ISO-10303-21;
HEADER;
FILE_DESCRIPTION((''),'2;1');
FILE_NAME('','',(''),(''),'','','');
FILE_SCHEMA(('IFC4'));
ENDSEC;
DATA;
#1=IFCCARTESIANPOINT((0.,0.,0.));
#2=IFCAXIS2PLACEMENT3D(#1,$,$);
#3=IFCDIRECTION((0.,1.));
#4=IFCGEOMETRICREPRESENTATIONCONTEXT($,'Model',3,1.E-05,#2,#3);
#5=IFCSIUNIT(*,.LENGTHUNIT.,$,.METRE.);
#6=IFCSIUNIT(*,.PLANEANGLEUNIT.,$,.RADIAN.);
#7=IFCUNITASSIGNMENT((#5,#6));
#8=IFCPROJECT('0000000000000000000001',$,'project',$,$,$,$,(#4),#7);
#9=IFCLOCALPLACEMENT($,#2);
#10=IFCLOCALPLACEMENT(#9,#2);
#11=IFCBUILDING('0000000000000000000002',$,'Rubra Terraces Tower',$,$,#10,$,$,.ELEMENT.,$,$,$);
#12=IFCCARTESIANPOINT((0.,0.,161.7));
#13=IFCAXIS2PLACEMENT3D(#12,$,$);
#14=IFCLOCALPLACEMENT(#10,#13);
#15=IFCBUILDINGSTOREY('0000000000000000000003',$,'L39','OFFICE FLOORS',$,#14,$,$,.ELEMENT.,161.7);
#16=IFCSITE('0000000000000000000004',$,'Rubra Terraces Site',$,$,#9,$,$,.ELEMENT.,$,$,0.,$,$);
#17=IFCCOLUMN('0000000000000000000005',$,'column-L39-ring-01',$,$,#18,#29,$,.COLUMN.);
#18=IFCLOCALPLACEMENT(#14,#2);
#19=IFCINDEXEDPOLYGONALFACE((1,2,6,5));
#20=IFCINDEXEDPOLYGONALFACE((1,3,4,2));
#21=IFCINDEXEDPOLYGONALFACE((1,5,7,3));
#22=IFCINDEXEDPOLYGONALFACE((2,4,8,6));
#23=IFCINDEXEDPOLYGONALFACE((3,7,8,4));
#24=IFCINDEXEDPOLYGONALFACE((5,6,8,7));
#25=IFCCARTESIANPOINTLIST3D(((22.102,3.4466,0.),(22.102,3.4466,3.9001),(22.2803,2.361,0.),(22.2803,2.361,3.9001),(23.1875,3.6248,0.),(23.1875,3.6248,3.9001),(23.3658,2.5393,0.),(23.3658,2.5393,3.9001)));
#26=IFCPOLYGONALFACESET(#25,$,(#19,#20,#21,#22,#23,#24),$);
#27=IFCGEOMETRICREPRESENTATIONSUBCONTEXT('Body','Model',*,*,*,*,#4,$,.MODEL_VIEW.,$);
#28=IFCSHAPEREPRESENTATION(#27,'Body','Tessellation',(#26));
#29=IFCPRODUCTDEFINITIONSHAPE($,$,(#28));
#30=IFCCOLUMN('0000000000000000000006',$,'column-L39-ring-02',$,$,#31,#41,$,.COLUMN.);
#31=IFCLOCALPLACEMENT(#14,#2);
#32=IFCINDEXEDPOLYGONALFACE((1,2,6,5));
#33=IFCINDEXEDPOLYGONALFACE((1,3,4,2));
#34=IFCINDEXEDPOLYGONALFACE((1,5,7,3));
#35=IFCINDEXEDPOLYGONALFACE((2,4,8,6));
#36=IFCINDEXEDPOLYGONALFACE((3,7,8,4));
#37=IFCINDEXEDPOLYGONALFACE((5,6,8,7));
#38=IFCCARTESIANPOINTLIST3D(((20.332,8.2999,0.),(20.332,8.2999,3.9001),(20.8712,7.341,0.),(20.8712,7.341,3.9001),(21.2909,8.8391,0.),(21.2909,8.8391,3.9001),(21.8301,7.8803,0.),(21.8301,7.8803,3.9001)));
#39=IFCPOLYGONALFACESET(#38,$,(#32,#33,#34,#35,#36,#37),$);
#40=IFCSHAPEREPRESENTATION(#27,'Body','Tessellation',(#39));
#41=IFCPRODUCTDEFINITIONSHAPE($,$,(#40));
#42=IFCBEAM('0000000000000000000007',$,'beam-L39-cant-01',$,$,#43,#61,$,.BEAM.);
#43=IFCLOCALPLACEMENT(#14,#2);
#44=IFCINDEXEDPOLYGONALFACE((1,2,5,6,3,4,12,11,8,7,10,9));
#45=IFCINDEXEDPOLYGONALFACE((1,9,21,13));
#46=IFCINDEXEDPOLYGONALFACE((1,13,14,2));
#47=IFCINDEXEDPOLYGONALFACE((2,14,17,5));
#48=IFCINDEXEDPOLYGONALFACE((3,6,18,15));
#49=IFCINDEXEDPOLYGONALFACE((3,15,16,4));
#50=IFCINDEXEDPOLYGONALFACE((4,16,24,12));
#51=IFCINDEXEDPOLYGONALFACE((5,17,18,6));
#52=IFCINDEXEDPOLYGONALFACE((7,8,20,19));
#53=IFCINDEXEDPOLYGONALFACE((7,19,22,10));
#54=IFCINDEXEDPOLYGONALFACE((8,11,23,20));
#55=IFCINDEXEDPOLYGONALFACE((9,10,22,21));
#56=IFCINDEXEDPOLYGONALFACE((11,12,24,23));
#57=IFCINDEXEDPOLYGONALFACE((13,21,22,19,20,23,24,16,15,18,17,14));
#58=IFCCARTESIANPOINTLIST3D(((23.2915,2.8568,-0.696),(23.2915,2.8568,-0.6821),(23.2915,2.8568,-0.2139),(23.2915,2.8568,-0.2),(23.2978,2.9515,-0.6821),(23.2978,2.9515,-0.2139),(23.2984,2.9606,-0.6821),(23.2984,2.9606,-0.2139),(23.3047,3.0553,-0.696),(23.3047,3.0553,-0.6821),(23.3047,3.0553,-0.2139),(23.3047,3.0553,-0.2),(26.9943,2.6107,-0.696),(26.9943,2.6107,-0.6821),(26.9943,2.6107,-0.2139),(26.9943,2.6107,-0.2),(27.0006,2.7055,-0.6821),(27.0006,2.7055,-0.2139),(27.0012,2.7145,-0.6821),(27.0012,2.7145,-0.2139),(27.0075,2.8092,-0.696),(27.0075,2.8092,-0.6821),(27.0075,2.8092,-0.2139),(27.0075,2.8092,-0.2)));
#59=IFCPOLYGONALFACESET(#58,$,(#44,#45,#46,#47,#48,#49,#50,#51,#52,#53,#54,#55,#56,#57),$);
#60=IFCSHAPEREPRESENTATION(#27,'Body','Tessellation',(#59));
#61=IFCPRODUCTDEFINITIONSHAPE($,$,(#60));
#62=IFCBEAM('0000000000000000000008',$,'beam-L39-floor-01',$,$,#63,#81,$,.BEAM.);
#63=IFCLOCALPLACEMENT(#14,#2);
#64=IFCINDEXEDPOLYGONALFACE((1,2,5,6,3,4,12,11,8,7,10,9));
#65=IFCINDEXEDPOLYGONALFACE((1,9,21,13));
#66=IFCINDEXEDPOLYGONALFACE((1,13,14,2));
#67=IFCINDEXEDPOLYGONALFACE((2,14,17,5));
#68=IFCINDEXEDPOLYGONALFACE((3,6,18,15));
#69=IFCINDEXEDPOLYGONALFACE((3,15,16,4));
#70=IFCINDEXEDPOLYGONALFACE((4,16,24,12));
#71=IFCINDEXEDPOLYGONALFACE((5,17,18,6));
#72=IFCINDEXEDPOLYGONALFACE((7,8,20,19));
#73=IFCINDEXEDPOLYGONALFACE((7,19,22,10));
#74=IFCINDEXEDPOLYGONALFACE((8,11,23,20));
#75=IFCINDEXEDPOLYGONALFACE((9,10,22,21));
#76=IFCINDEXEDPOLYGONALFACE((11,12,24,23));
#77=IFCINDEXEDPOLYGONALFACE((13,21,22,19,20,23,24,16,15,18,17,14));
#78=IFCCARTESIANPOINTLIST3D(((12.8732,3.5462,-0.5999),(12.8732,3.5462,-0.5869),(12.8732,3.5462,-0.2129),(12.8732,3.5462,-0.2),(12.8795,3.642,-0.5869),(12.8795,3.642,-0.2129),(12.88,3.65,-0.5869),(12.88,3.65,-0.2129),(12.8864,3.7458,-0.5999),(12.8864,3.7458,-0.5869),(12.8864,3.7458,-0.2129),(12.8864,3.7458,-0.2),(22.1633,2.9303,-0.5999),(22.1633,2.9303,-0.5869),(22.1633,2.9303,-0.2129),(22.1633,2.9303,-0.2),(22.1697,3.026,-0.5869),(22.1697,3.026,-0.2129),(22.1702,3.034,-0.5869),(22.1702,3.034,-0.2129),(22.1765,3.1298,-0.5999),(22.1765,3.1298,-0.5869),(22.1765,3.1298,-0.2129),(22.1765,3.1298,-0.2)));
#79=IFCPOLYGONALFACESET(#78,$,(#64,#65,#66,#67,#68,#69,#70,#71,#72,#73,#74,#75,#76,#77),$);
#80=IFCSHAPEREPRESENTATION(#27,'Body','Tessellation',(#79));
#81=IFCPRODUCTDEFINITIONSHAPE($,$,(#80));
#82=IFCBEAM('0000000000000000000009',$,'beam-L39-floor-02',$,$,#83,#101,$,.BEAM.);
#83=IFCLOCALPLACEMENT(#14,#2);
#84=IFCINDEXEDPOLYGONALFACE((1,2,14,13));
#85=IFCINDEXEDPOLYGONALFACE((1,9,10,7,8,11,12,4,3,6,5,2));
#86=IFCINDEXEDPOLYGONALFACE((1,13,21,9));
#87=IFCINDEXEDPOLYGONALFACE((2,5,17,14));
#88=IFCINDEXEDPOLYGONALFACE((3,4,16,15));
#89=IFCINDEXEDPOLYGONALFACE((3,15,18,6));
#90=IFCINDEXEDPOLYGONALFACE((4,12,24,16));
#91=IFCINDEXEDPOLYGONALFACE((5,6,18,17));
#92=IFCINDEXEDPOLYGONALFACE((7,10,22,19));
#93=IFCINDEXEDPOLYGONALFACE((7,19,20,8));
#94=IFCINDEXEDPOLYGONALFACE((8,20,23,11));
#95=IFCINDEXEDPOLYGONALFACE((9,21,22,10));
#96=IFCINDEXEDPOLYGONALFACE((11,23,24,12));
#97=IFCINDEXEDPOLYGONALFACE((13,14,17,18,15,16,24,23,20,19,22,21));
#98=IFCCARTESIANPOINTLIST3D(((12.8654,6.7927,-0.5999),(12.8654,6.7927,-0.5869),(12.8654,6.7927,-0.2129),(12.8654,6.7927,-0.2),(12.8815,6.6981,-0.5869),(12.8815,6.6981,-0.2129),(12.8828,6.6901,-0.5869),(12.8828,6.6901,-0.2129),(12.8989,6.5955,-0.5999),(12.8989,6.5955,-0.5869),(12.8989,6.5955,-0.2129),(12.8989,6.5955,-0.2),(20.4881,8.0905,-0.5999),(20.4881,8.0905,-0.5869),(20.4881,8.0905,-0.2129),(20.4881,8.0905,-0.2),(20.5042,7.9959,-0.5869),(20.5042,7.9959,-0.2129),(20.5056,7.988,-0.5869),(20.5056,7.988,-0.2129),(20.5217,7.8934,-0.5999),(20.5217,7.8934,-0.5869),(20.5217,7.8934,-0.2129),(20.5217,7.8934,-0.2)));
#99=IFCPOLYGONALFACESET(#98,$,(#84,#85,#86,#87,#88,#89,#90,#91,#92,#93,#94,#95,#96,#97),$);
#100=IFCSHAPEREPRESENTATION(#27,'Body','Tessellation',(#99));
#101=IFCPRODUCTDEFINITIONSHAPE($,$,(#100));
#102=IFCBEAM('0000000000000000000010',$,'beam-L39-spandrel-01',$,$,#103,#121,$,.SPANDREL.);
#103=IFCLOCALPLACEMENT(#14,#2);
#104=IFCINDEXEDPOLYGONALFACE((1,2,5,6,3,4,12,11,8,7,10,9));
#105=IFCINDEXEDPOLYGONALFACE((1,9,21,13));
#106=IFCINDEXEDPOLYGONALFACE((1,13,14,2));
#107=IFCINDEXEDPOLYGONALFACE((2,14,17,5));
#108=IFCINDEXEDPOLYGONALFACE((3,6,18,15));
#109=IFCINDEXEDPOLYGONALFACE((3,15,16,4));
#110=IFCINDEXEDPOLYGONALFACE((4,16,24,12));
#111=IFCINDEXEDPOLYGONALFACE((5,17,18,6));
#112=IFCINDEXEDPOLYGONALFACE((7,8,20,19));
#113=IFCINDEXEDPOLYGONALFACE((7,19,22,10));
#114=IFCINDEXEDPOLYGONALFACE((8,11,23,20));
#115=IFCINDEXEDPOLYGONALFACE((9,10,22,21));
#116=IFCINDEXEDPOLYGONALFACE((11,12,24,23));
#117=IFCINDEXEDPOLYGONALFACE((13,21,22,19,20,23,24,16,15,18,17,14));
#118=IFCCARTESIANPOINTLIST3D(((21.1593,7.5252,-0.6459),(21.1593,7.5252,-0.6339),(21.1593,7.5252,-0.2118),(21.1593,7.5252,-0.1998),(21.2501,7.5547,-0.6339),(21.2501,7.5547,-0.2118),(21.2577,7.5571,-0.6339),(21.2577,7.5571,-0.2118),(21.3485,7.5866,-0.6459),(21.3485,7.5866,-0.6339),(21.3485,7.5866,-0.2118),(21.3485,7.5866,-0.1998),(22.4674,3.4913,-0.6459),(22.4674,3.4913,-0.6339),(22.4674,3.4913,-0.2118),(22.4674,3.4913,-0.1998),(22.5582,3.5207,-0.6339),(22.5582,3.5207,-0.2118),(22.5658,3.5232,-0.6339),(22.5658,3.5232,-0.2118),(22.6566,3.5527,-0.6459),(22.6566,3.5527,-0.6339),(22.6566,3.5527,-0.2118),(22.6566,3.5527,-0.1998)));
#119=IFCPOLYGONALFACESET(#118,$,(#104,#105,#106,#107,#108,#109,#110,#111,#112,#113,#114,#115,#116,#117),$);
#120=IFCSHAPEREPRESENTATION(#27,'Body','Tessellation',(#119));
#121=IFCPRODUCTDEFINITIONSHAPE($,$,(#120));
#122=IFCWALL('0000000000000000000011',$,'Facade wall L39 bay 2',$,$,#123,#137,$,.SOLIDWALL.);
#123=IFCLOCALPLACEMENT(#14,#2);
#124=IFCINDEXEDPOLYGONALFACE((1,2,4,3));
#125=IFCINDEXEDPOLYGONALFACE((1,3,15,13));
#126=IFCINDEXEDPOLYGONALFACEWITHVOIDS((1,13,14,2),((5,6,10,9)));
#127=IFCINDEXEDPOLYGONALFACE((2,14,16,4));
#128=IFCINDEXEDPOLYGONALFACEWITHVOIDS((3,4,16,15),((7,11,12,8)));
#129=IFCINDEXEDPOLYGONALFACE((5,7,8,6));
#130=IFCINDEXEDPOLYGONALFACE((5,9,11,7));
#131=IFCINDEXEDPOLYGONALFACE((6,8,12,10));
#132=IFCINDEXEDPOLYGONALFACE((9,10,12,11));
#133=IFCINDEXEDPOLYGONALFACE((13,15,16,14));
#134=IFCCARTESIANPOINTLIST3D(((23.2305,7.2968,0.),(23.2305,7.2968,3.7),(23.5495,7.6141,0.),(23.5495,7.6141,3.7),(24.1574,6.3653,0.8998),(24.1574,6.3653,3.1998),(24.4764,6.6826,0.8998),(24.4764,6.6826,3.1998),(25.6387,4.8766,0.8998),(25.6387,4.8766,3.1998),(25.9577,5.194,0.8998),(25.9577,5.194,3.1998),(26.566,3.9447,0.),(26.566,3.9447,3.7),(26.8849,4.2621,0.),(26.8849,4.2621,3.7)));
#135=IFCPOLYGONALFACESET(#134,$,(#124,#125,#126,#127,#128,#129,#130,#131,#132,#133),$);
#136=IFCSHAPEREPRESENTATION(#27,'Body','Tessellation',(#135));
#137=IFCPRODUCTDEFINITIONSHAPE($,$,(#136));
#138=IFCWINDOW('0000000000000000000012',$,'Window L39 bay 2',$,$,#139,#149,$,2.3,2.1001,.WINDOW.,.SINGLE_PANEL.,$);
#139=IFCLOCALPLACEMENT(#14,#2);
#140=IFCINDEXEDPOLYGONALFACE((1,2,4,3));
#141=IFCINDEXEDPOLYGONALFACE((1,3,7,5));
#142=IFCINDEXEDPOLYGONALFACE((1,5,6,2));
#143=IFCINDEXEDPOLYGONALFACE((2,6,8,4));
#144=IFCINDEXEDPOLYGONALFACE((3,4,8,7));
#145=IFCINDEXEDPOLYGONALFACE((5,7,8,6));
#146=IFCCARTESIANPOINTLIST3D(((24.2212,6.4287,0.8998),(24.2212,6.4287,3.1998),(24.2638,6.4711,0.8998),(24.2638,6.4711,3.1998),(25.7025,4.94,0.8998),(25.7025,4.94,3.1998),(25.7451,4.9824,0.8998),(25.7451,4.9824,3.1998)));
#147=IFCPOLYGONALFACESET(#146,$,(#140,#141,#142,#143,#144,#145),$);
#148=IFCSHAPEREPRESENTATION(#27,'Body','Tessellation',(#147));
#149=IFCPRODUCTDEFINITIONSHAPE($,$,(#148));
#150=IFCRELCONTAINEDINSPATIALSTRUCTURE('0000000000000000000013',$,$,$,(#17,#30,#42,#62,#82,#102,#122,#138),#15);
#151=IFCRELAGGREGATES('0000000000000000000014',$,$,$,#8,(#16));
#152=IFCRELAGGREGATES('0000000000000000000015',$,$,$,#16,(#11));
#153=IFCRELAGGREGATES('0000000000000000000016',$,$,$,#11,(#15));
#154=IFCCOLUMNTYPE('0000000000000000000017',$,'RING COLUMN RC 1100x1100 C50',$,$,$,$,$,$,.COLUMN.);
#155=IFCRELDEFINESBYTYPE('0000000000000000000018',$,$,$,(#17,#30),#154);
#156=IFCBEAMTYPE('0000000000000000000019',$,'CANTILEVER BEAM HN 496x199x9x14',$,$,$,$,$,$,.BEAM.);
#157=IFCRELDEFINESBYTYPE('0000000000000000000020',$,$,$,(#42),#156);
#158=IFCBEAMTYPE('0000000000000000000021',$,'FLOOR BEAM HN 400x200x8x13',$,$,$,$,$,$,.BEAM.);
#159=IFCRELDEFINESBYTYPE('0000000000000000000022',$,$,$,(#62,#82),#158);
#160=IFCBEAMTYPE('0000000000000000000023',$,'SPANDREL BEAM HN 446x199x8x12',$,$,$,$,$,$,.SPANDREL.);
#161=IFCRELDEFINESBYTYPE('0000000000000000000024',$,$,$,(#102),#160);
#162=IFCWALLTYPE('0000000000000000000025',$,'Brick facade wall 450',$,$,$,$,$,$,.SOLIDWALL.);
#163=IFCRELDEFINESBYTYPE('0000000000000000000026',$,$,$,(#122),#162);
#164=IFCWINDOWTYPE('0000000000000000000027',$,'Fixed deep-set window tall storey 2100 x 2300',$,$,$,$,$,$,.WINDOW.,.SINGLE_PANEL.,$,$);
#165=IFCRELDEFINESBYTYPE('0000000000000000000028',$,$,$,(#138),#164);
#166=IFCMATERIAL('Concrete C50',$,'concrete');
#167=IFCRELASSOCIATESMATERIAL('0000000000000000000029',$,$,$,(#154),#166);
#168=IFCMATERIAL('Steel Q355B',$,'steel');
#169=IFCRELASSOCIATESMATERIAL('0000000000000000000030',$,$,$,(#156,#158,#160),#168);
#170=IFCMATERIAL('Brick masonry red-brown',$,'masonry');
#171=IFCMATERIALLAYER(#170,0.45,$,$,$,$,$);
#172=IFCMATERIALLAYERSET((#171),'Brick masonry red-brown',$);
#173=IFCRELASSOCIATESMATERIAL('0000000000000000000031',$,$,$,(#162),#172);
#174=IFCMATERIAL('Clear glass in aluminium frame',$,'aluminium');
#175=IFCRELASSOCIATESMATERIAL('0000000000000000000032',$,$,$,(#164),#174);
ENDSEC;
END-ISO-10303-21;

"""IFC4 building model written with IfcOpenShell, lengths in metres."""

from ifc_helpers import new_model, si_unit, direction, frame, frame_2d, origin, origin_2d, place, context, subcontext, project, spatial, rectangle, i_section, extrude, material, layer, layer_set, material_profile, profile_set, type_object, element, fill, save


model = new_model("IFC4")

# Units and contexts
model_context = context("Model", 3, precision=1e-05, world=origin(), true_north=direction((0.0, 1.0)))
body_context = subcontext(model_context, "Body", "Model", "MODEL_VIEW")
ifc_project = project(units=[si_unit("LENGTHUNIT", "METRE"), si_unit("PLANEANGLEUNIT", "RADIAN")], contexts=[model_context])

# Site, building, storey
site_placement = place(None, origin())
site = spatial("IfcSite", under=ifc_project, at=site_placement, Name="Rubra Terraces Site", CompositionType="ELEMENT", RefElevation=0.0)
building_placement = place(site_placement, origin())
building = spatial("IfcBuilding", under=site, at=building_placement, Name="Rubra Terraces Tower", CompositionType="ELEMENT")
storey_placement = place(building_placement, frame((0.0, 0.0, 161.7)))
storey = spatial("IfcBuildingStorey", under=building, at=storey_placement, Name="L39", Description="OFFICE FLOORS", CompositionType="ELEMENT", Elevation=161.7)

# Columns
ifc_material_1 = material(Name="Concrete C50", Category="concrete")
ifc_material_profile_1 = material_profile(ifc_material_1, rectangle(XDim=1.1001, YDim=1.1001, at=origin_2d()), Name="RC 1100x1100")
ifc_profile_set_1 = profile_set([ifc_material_profile_1], Name="Concrete C50")
column_type = type_object("IfcColumnType", Name="RING COLUMN RC 1100x1100 C50", PredefinedType="COLUMN", material=ifc_profile_set_1)
for number, where, z_axis, x_axis, name in (
    (1, (22.7339, 2.9929, 0.0), (0.0, 0.0, 1.0), (-0.162062, 0.986781, 0.0), "column-L39-ring-01"),
    (2, (21.0811, 8.0901, 0.0), (0.0, 0.0, 1.0), (-0.490162, 0.871631, 0.0), "column-L39-ring-02"),
):
    element("IfcColumn", number, at=place(storey_placement, frame(where, z_axis=z_axis, x_axis=x_axis)), inside=storey, type_object=column_type, Name=name, PredefinedType="COLUMN", context=body_context, shape_type="SweptSolid", body=[
        extrude(rectangle(XDim=1.1001, YDim=1.1001, at=origin_2d()), origin(), (0.0, 0.0, 1.0), 3.9001),
    ])

# Beams
ifc_material_2 = material(Name="Steel Q355B", Category="steel")
ifc_material_profile_2 = material_profile(ifc_material_2, i_section(OverallWidth=0.199, OverallDepth=0.4961, WebThickness=0.009, FlangeThickness=0.0139, at=origin_2d()), Name="HN 496x199x9x14")
ifc_profile_set_2 = profile_set([ifc_material_profile_2], Name="Steel Q355B")
beam_type_1 = type_object("IfcBeamType", Name="CANTILEVER BEAM HN 496x199x9x14", PredefinedType="BEAM", material=ifc_profile_set_2)
beam_1_placement = place(storey_placement, frame((23.2981, 2.9561, -0.448), z_axis=(0.997799, -0.066314, 0.0), x_axis=(0.066314, 0.997799, 0.0)))
element("IfcBeam", 3, at=beam_1_placement, inside=storey, type_object=beam_type_1, Name="beam-L39-cant-01", PredefinedType="BEAM", context=body_context, shape_type="SweptSolid", body=[
    extrude(i_section(OverallWidth=0.199, OverallDepth=0.4961, WebThickness=0.009, FlangeThickness=0.0139, at=origin_2d()), origin(), (0.0, 0.0, 1.0), 3.7109),
])
ifc_material_profile_3 = material_profile(ifc_material_2, i_section(OverallWidth=0.2, OverallDepth=0.3999, WebThickness=0.0081, FlangeThickness=0.0129, at=origin_2d()), Name="HN 400x200x8x13")
ifc_profile_set_3 = profile_set([ifc_material_profile_3], Name="Steel Q355B")
beam_type_2 = type_object("IfcBeamType", Name="FLOOR BEAM HN 400x200x8x13", PredefinedType="BEAM", material=ifc_profile_set_3)
beam_2_placement = place(storey_placement, frame((22.1699, 3.03, -0.3999), z_axis=(-0.997809, 0.066159, 0.0), x_axis=(-0.066159, -0.997809, 0.0)))
element("IfcBeam", 4, at=beam_2_placement, inside=storey, type_object=beam_type_2, Name="beam-L39-floor-01", PredefinedType="BEAM", context=body_context, shape_type="SweptSolid", body=[
    extrude(i_section(OverallWidth=0.2, OverallDepth=0.3999, WebThickness=0.0081, FlangeThickness=0.0129, at=origin_2d()), origin(), (0.0, 0.0, 1.0), 9.3105),
])
beam_3_placement = place(storey_placement, frame((20.5049, 7.9919, -0.3999), z_axis=(-0.985814, -0.167844, 0.0), x_axis=(0.167844, -0.985814, 0.0)))
element("IfcBeam", 5, at=beam_3_placement, inside=storey, type_object=beam_type_2, Name="beam-L39-floor-02", PredefinedType="BEAM", context=body_context, shape_type="SweptSolid", body=[
    extrude(i_section(OverallWidth=0.2, OverallDepth=0.3999, WebThickness=0.0081, FlangeThickness=0.0129, at=origin_2d()), origin(), (0.0, 0.0, 1.0), 7.7324),
])
ifc_material_profile_4 = material_profile(ifc_material_2, i_section(OverallWidth=0.199, OverallDepth=0.446, WebThickness=0.0081, FlangeThickness=0.012, at=origin_2d()), Name="HN 446x199x8x12")
ifc_profile_set_4 = profile_set([ifc_material_profile_4], Name="Steel Q355B")
beam_type_3 = type_object("IfcBeamType", Name="SPANDREL BEAM HN 446x199x8x12", PredefinedType="SPANDREL", material=ifc_profile_set_4)
beam_4_placement = place(storey_placement, frame((22.562, 3.522, -0.4229), z_axis=(-0.308462, 0.951237, 0.0), x_axis=(-0.951237, -0.308462, 0.0)))
element("IfcBeam", 6, at=beam_4_placement, inside=storey, type_object=beam_type_3, Name="beam-L39-spandrel-01", PredefinedType="SPANDREL", context=body_context, shape_type="SweptSolid", body=[
    extrude(i_section(OverallWidth=0.199, OverallDepth=0.446, WebThickness=0.0081, FlangeThickness=0.012, at=origin_2d()), origin(), (0.0, 0.0, 1.0), 4.2407),
])

# Wall, opening, window
ifc_material_3 = material(Name="Brick masonry red-brown", Category="masonry")
ifc_layer_1 = layer(ifc_material_3, 0.45)
ifc_layer_set_1 = layer_set([ifc_layer_1], Name="Brick masonry red-brown")
wall_type_1 = type_object("IfcWallType", Name="Brick facade wall 450", PredefinedType="SOLIDWALL", material=ifc_layer_set_1)
wall_1_placement = place(storey_placement, frame((26.7253, 4.1035, 0.0), z_axis=(0.0, 0.0, 1.0), x_axis=(-0.705349, 0.70886, 0.0)))
wall_1 = element("IfcWall", 7, at=wall_1_placement, inside=storey, type_object=wall_type_1, Name="Facade wall L39 bay 2", PredefinedType="SOLIDWALL", context=body_context, shape_type="SweptSolid", body=[
    extrude(rectangle(XDim=4.7288, YDim=0.45, at=frame_2d((2.3643, 0.0))), origin(), (0.0, 0.0, 1.0), 3.7),
])
opening_1_placement = place(wall_1_placement, frame((1.3145, 0.0, 0.8999)))
opening_1 = element("IfcOpeningElement", 8, at=opening_1_placement, cuts=wall_1, PredefinedType="OPENING", context=body_context, shape_type="SweptSolid", body=[
    extrude(rectangle(XDim=2.1001, YDim=2.3, at=frame_2d((1.05, 1.1499))), frame((0.0, 0.2349, 0.0), z_axis=(0.0, -1.0, 0.0), x_axis=(1.0, 0.0, 0.0)), (0.0, 0.0, 1.0), 0.47),
])
ifc_material_4 = material(Name="Clear glass in aluminium frame", Category="aluminium")
window_type_1 = type_object("IfcWindowType", Name="Fixed deep-set window tall storey 2100 x 2300", PartitioningType="SINGLE_PANEL", PredefinedType="WINDOW", material=ifc_material_4)
window_1_placement = place(opening_1_placement, origin())
window_1 = element("IfcWindow", 9, at=window_1_placement, inside=storey, type_object=window_type_1, Name="Window L39 bay 2", OverallHeight=2.3, OverallWidth=2.1001, PartitioningType="SINGLE_PANEL", PredefinedType="WINDOW", context=body_context, shape_type="SweptSolid", body=[
    extrude(rectangle(XDim=2.1001, YDim=2.3, at=frame_2d((1.05, 1.1499))), frame((0.0, 0.135, 0.0), z_axis=(0.0, -1.0, 0.0), x_axis=(1.0, 0.0, 0.0)), (0.0, 0.0, 1.0), 0.0601),
])
fill(opening_1, window_1)

save(model, "model.ifc")
